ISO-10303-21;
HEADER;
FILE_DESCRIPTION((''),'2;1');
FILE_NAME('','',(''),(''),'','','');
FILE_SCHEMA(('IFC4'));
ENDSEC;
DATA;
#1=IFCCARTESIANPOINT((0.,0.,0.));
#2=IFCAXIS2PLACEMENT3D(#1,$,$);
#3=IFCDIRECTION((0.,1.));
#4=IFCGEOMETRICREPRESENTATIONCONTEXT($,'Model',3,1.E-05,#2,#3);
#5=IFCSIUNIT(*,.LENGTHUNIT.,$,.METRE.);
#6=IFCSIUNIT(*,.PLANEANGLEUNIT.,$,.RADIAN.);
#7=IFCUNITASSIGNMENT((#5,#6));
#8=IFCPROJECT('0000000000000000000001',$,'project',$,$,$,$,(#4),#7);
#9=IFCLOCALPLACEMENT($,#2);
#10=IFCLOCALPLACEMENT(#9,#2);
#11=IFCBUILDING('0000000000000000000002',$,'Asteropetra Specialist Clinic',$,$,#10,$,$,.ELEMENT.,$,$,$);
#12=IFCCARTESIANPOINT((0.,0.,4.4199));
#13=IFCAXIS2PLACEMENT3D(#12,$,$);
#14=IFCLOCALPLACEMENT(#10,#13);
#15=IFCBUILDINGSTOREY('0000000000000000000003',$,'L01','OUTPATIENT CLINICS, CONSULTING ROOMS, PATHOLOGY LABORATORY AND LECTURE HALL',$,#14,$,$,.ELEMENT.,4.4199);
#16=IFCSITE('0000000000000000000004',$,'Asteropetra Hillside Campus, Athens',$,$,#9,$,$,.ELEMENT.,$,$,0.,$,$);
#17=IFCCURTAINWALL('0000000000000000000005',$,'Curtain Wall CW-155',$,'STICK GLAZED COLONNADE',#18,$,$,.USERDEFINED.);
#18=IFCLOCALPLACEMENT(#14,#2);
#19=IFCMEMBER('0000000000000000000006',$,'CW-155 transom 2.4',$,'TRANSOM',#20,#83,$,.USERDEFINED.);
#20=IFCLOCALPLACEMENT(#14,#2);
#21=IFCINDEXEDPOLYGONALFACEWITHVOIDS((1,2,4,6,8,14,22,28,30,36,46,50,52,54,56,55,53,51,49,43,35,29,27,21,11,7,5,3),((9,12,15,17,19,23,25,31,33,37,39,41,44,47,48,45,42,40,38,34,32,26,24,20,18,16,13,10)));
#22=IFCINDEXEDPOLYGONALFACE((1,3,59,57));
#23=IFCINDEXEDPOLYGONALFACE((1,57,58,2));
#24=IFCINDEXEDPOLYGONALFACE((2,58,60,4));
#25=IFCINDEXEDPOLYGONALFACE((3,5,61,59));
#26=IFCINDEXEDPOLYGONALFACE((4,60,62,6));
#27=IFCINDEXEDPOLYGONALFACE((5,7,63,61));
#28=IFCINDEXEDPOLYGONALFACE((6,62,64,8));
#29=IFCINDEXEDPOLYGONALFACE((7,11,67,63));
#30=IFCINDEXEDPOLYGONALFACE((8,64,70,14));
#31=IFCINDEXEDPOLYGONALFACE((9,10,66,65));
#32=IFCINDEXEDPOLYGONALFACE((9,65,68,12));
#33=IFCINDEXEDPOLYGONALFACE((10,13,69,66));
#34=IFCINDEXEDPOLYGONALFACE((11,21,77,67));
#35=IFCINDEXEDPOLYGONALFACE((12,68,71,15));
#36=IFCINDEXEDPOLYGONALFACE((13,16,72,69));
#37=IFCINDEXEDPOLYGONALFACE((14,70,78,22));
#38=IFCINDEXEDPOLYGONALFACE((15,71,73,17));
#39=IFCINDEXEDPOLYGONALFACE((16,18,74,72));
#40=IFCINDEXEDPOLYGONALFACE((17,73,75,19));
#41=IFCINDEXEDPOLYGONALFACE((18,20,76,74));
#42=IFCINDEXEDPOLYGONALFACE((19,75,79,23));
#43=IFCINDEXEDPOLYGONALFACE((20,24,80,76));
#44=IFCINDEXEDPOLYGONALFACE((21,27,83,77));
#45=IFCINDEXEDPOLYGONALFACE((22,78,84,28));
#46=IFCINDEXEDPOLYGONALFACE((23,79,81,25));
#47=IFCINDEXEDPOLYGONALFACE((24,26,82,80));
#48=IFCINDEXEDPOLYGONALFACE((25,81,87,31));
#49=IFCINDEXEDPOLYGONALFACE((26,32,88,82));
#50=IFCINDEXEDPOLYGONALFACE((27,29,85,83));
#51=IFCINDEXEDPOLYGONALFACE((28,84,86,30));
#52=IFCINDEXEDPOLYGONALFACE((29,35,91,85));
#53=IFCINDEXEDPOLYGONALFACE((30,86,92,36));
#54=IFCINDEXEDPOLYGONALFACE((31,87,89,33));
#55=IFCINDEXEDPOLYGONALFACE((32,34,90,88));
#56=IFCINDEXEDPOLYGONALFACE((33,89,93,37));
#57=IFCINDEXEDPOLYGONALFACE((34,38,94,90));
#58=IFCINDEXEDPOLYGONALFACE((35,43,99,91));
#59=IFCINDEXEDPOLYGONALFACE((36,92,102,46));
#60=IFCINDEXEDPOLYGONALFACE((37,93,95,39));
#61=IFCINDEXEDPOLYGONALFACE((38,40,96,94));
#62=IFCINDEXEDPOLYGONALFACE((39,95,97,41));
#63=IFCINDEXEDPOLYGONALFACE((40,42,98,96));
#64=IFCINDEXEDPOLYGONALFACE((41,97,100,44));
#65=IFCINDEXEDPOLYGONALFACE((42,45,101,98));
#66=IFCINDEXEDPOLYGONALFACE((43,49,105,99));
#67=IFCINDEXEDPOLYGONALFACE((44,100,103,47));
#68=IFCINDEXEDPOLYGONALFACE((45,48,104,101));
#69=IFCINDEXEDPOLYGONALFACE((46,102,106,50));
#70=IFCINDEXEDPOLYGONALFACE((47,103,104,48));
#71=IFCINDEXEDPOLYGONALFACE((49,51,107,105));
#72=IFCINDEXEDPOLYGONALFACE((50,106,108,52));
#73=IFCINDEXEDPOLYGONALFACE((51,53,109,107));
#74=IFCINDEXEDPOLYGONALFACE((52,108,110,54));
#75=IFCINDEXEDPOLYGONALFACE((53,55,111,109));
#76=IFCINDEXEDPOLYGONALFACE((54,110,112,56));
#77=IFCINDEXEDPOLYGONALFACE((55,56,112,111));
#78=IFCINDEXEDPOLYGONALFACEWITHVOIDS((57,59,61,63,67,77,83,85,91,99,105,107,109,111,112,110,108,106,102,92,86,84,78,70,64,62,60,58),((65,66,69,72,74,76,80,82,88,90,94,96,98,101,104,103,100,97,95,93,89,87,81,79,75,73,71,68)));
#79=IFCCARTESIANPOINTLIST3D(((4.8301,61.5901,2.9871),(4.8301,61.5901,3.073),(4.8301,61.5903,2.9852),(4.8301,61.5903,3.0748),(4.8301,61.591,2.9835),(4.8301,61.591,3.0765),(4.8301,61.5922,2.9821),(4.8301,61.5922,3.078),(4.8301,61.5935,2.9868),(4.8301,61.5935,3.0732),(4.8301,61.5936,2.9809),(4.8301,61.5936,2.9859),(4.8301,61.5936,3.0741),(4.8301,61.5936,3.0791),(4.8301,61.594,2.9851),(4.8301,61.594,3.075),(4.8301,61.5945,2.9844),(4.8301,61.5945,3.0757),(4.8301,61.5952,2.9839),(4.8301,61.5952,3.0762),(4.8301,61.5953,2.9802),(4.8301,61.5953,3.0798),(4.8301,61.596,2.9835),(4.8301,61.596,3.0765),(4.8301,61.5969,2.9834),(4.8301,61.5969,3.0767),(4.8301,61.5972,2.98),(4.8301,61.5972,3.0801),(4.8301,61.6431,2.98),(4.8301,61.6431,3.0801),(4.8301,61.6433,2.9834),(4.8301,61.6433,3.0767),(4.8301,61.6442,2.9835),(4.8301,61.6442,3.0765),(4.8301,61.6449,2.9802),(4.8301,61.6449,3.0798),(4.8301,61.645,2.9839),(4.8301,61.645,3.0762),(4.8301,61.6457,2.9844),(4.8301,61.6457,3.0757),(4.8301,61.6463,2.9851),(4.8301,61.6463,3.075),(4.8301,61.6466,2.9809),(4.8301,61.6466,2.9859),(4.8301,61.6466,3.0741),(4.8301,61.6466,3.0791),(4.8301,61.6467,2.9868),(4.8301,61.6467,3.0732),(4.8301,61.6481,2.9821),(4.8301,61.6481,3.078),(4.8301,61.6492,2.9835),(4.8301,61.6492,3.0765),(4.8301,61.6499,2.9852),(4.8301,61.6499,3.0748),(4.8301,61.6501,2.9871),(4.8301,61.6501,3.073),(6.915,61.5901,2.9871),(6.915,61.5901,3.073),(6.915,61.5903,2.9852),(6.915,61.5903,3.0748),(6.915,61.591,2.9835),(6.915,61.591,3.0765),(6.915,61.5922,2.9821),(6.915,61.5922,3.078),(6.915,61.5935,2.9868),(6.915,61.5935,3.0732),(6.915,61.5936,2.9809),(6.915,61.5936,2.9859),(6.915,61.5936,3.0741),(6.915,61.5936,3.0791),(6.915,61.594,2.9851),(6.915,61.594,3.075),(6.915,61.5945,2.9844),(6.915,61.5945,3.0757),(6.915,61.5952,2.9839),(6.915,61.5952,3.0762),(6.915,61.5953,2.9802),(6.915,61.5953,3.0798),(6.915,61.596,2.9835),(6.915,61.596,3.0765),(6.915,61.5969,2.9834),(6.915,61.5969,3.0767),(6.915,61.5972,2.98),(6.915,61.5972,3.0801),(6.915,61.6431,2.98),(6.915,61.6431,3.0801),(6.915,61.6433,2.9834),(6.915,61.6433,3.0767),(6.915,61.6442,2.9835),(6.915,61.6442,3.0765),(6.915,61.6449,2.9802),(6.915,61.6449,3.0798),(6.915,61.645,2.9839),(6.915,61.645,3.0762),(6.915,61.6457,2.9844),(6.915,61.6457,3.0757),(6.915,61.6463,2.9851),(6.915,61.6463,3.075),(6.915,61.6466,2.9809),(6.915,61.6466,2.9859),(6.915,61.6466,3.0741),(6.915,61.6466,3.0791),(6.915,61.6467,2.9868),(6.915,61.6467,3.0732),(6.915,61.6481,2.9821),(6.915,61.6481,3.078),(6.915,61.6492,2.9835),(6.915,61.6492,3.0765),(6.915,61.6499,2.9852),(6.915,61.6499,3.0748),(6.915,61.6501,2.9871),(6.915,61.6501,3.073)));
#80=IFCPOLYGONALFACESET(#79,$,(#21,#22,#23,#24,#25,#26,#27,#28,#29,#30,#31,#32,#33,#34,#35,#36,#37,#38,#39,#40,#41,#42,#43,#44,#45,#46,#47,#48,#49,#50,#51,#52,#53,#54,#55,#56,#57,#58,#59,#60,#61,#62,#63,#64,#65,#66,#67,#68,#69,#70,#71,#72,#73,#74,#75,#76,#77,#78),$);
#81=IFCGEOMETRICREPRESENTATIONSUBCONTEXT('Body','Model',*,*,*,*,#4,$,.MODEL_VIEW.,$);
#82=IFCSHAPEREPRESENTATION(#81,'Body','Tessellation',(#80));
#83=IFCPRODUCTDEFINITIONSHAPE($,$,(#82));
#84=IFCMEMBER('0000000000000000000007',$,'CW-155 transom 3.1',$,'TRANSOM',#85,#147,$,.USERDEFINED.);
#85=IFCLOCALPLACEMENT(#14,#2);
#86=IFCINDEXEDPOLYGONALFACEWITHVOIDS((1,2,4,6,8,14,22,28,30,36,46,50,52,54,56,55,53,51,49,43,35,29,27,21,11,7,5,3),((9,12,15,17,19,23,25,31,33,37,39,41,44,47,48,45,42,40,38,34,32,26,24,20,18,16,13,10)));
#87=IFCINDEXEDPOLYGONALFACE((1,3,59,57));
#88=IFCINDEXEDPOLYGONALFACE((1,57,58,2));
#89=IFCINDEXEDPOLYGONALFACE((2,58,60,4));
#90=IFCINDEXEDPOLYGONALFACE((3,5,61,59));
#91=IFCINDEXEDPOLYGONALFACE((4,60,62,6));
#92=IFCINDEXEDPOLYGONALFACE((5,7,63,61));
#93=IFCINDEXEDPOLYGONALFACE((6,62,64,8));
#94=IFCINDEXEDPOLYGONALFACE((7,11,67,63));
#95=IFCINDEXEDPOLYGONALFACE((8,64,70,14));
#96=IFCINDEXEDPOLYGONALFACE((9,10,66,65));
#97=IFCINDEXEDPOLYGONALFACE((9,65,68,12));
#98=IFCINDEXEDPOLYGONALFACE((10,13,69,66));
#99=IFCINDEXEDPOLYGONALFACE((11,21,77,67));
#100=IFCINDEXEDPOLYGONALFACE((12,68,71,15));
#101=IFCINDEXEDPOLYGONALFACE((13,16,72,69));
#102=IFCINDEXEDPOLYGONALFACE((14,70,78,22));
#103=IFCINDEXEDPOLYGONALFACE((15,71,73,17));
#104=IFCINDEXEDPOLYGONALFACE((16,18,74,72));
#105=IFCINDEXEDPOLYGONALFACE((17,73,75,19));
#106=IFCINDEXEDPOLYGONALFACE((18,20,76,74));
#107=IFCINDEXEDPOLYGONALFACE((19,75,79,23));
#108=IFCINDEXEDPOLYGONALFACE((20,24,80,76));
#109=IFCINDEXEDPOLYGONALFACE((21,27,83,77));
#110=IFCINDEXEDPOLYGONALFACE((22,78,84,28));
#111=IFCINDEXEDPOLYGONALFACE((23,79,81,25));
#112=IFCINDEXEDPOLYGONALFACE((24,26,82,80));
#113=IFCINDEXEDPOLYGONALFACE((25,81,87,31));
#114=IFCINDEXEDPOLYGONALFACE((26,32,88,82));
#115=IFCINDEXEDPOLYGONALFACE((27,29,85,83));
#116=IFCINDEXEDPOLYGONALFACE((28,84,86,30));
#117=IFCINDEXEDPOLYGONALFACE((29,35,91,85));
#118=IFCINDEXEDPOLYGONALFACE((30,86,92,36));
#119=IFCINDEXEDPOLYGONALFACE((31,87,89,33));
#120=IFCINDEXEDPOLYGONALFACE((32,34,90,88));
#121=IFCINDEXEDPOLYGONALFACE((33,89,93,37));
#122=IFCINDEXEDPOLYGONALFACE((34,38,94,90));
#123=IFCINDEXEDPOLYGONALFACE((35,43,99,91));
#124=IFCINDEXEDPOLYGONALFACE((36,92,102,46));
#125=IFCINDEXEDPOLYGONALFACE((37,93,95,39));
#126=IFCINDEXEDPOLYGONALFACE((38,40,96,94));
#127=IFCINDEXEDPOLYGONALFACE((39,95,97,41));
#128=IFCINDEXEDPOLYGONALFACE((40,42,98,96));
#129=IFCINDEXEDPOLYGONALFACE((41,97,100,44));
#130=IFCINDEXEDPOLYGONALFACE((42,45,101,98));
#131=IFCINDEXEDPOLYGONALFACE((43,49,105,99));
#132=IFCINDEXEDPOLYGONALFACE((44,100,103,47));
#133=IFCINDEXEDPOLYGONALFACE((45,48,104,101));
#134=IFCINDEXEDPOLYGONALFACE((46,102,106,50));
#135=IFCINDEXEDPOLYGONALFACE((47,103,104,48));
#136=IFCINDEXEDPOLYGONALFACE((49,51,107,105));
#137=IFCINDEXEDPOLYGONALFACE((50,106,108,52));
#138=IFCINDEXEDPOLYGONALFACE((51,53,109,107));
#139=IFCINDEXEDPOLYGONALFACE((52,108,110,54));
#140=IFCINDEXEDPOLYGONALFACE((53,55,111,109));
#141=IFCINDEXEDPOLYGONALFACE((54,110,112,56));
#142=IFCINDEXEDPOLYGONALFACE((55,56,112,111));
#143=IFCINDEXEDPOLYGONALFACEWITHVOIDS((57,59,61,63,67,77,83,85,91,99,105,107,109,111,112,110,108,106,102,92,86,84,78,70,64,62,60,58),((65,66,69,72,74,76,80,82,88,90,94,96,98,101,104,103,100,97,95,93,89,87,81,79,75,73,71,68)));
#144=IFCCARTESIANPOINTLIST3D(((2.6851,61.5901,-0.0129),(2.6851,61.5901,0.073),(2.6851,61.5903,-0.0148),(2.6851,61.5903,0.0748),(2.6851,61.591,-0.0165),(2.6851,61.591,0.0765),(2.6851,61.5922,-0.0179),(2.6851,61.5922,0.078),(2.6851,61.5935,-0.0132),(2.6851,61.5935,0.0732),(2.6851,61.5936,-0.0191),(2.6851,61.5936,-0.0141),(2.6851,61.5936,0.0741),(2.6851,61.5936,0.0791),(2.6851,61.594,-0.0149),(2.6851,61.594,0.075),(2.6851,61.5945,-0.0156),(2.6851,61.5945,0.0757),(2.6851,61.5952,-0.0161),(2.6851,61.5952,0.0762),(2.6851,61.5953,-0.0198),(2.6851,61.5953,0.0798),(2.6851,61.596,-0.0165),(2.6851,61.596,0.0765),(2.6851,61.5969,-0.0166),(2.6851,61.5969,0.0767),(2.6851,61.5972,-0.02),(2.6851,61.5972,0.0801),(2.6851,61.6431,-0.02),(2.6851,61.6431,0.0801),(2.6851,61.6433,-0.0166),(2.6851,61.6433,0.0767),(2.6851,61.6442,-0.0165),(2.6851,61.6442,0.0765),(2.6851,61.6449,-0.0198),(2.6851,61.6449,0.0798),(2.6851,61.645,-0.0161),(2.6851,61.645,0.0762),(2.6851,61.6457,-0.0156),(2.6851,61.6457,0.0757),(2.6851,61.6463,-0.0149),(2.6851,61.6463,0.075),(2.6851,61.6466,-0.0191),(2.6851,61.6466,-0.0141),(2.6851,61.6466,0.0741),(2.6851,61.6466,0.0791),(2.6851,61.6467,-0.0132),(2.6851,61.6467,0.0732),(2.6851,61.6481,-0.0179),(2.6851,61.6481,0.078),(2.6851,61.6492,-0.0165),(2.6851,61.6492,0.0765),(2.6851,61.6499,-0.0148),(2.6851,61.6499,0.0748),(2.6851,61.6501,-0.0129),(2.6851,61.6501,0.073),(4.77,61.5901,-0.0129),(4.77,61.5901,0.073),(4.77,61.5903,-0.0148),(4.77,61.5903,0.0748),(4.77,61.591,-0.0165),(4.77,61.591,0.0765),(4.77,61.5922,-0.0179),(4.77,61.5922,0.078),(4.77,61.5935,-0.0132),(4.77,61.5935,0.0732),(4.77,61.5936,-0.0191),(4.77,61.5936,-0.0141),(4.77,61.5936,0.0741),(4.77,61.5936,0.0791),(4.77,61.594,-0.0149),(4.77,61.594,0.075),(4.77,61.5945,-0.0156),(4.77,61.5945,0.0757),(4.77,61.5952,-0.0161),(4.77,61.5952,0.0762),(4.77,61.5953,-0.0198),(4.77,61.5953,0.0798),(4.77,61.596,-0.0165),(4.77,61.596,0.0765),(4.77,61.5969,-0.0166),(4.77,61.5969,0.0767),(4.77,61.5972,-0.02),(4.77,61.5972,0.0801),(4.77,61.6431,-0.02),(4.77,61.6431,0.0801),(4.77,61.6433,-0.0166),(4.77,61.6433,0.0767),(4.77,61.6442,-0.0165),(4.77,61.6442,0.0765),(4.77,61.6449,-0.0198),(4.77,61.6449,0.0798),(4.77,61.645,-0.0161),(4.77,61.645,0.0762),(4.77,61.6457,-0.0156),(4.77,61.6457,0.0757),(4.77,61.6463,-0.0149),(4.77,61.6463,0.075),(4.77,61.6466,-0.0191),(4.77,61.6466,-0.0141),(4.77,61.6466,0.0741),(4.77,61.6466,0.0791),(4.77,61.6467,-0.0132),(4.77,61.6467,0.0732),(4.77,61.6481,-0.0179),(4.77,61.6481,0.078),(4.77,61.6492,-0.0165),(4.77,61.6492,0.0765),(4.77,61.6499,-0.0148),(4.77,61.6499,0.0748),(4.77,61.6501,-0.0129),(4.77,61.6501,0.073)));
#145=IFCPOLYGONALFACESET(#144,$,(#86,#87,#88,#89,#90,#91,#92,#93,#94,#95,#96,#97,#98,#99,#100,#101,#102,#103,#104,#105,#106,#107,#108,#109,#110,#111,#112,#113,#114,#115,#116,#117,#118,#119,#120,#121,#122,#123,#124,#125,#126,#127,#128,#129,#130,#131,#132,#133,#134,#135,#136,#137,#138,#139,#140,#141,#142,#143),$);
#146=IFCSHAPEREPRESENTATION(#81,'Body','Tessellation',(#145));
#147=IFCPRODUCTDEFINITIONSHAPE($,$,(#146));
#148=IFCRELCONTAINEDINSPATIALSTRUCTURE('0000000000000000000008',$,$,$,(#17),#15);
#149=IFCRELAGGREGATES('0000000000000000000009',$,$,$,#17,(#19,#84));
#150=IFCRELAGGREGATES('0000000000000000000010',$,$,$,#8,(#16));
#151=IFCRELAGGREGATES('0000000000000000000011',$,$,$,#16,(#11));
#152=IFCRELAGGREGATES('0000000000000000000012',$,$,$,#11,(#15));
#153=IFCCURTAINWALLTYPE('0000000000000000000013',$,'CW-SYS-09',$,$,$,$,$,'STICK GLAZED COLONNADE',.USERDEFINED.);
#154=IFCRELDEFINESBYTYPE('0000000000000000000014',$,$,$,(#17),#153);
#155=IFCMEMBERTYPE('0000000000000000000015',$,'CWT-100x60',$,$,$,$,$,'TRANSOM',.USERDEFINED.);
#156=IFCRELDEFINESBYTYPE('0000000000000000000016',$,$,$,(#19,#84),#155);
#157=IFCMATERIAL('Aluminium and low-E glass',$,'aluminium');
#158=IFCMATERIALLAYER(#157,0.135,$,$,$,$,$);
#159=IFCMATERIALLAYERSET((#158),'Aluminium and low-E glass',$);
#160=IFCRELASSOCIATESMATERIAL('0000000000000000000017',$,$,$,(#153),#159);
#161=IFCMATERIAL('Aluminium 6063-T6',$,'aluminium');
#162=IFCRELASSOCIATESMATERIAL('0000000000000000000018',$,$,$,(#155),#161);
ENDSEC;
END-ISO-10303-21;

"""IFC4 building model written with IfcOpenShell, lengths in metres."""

from ifc_helpers import new_model, si_unit, direction, frame, origin, origin_2d, place, context, subcontext, project, spatial, hollow_rectangle, extrude, material, layer, layer_set, material_profile, profile_set, type_object, element, aggregate, save


model = new_model("IFC4")

# Units and contexts
model_context = context("Model", 3, precision=1e-05, world=origin(), true_north=direction((0.0, 1.0)))
body_context = subcontext(model_context, "Body", "Model", "MODEL_VIEW")
ifc_project = project(units=[si_unit("LENGTHUNIT", "METRE"), si_unit("PLANEANGLEUNIT", "RADIAN")], contexts=[model_context])

# Site, building, storey
site_placement = place(None, origin())
site = spatial("IfcSite", under=ifc_project, at=site_placement, Name="Asteropetra Hillside Campus, Athens", CompositionType="ELEMENT", RefElevation=0.0)
building_placement = place(site_placement, origin())
building = spatial("IfcBuilding", under=site, at=building_placement, Name="Asteropetra Specialist Clinic", CompositionType="ELEMENT")
storey_placement = place(building_placement, frame((0.0, 0.0, 4.4199)))
storey = spatial("IfcBuildingStorey", under=building, at=storey_placement, Name="L01", Description="OUTPATIENT CLINICS, CONSULTING ROOMS, PATHOLOGY LABORATORY AND LECTURE HALL", CompositionType="ELEMENT", Elevation=4.4199)

# Curtain wall, members
ifc_material_1 = material(Name="Aluminium and low-E glass", Category="aluminium")
ifc_layer_1 = layer(ifc_material_1, 0.135)
ifc_layer_set_1 = layer_set([ifc_layer_1], Name="Aluminium and low-E glass")
curtain_wall_type = type_object("IfcCurtainWallType", Name="CW-SYS-09", ElementType="STICK GLAZED COLONNADE", PredefinedType="USERDEFINED", material=ifc_layer_set_1)
curtain_wall_placement = place(storey_placement, origin())
curtain_wall = element("IfcCurtainWall", 1, at=curtain_wall_placement, inside=storey, type_object=curtain_wall_type, Name="Curtain Wall CW-155", ObjectType="STICK GLAZED COLONNADE", PredefinedType="USERDEFINED")
ifc_material_2 = material(Name="Aluminium 6063-T6", Category="aluminium")
ifc_material_profile_1 = material_profile(ifc_material_2, hollow_rectangle(XDim=0.0601, YDim=0.1001, WallThickness=0.0034, InnerFilletRadius=0.0034, OuterFilletRadius=0.0071, at=origin_2d()), Name="TRN 100x60x3.5")
ifc_profile_set_1 = profile_set([ifc_material_profile_1], Name="Aluminium 6063-T6")
member_type_1 = type_object("IfcMemberType", Name="CWT-100x60", ElementType="TRANSOM", PredefinedType="USERDEFINED", material=ifc_profile_set_1)
member_1_placement = place(storey_placement, frame((6.915, 61.6201, 3.03), z_axis=(-1.0, 0.0, 0.0), x_axis=(0.0, -1.0, 0.0)))
member_1 = element("IfcMember", 2, at=member_1_placement, type_object=member_type_1, Name="CW-155 transom 2.4", ObjectType="TRANSOM", PredefinedType="USERDEFINED", context=body_context, shape_type="SweptSolid", body=[
    extrude(hollow_rectangle(XDim=0.0601, YDim=0.1001, WallThickness=0.0034, InnerFilletRadius=0.0034, OuterFilletRadius=0.0071, at=origin_2d()), origin(), (0.0, 0.0, 1.0), 2.085),
])
member_2_placement = place(storey_placement, frame((4.77, 61.6201, 0.03), z_axis=(-1.0, 0.0, 0.0), x_axis=(0.0, -1.0, 0.0)))
member_2 = element("IfcMember", 3, at=member_2_placement, type_object=member_type_1, Name="CW-155 transom 3.1", ObjectType="TRANSOM", PredefinedType="USERDEFINED", context=body_context, shape_type="SweptSolid", body=[
    extrude(hollow_rectangle(XDim=0.0601, YDim=0.1001, WallThickness=0.0034, InnerFilletRadius=0.0034, OuterFilletRadius=0.0071, at=origin_2d()), origin(), (0.0, 0.0, 1.0), 2.085),
])
aggregate(curtain_wall, [member_1, member_2])

save(model, "model.ifc")
